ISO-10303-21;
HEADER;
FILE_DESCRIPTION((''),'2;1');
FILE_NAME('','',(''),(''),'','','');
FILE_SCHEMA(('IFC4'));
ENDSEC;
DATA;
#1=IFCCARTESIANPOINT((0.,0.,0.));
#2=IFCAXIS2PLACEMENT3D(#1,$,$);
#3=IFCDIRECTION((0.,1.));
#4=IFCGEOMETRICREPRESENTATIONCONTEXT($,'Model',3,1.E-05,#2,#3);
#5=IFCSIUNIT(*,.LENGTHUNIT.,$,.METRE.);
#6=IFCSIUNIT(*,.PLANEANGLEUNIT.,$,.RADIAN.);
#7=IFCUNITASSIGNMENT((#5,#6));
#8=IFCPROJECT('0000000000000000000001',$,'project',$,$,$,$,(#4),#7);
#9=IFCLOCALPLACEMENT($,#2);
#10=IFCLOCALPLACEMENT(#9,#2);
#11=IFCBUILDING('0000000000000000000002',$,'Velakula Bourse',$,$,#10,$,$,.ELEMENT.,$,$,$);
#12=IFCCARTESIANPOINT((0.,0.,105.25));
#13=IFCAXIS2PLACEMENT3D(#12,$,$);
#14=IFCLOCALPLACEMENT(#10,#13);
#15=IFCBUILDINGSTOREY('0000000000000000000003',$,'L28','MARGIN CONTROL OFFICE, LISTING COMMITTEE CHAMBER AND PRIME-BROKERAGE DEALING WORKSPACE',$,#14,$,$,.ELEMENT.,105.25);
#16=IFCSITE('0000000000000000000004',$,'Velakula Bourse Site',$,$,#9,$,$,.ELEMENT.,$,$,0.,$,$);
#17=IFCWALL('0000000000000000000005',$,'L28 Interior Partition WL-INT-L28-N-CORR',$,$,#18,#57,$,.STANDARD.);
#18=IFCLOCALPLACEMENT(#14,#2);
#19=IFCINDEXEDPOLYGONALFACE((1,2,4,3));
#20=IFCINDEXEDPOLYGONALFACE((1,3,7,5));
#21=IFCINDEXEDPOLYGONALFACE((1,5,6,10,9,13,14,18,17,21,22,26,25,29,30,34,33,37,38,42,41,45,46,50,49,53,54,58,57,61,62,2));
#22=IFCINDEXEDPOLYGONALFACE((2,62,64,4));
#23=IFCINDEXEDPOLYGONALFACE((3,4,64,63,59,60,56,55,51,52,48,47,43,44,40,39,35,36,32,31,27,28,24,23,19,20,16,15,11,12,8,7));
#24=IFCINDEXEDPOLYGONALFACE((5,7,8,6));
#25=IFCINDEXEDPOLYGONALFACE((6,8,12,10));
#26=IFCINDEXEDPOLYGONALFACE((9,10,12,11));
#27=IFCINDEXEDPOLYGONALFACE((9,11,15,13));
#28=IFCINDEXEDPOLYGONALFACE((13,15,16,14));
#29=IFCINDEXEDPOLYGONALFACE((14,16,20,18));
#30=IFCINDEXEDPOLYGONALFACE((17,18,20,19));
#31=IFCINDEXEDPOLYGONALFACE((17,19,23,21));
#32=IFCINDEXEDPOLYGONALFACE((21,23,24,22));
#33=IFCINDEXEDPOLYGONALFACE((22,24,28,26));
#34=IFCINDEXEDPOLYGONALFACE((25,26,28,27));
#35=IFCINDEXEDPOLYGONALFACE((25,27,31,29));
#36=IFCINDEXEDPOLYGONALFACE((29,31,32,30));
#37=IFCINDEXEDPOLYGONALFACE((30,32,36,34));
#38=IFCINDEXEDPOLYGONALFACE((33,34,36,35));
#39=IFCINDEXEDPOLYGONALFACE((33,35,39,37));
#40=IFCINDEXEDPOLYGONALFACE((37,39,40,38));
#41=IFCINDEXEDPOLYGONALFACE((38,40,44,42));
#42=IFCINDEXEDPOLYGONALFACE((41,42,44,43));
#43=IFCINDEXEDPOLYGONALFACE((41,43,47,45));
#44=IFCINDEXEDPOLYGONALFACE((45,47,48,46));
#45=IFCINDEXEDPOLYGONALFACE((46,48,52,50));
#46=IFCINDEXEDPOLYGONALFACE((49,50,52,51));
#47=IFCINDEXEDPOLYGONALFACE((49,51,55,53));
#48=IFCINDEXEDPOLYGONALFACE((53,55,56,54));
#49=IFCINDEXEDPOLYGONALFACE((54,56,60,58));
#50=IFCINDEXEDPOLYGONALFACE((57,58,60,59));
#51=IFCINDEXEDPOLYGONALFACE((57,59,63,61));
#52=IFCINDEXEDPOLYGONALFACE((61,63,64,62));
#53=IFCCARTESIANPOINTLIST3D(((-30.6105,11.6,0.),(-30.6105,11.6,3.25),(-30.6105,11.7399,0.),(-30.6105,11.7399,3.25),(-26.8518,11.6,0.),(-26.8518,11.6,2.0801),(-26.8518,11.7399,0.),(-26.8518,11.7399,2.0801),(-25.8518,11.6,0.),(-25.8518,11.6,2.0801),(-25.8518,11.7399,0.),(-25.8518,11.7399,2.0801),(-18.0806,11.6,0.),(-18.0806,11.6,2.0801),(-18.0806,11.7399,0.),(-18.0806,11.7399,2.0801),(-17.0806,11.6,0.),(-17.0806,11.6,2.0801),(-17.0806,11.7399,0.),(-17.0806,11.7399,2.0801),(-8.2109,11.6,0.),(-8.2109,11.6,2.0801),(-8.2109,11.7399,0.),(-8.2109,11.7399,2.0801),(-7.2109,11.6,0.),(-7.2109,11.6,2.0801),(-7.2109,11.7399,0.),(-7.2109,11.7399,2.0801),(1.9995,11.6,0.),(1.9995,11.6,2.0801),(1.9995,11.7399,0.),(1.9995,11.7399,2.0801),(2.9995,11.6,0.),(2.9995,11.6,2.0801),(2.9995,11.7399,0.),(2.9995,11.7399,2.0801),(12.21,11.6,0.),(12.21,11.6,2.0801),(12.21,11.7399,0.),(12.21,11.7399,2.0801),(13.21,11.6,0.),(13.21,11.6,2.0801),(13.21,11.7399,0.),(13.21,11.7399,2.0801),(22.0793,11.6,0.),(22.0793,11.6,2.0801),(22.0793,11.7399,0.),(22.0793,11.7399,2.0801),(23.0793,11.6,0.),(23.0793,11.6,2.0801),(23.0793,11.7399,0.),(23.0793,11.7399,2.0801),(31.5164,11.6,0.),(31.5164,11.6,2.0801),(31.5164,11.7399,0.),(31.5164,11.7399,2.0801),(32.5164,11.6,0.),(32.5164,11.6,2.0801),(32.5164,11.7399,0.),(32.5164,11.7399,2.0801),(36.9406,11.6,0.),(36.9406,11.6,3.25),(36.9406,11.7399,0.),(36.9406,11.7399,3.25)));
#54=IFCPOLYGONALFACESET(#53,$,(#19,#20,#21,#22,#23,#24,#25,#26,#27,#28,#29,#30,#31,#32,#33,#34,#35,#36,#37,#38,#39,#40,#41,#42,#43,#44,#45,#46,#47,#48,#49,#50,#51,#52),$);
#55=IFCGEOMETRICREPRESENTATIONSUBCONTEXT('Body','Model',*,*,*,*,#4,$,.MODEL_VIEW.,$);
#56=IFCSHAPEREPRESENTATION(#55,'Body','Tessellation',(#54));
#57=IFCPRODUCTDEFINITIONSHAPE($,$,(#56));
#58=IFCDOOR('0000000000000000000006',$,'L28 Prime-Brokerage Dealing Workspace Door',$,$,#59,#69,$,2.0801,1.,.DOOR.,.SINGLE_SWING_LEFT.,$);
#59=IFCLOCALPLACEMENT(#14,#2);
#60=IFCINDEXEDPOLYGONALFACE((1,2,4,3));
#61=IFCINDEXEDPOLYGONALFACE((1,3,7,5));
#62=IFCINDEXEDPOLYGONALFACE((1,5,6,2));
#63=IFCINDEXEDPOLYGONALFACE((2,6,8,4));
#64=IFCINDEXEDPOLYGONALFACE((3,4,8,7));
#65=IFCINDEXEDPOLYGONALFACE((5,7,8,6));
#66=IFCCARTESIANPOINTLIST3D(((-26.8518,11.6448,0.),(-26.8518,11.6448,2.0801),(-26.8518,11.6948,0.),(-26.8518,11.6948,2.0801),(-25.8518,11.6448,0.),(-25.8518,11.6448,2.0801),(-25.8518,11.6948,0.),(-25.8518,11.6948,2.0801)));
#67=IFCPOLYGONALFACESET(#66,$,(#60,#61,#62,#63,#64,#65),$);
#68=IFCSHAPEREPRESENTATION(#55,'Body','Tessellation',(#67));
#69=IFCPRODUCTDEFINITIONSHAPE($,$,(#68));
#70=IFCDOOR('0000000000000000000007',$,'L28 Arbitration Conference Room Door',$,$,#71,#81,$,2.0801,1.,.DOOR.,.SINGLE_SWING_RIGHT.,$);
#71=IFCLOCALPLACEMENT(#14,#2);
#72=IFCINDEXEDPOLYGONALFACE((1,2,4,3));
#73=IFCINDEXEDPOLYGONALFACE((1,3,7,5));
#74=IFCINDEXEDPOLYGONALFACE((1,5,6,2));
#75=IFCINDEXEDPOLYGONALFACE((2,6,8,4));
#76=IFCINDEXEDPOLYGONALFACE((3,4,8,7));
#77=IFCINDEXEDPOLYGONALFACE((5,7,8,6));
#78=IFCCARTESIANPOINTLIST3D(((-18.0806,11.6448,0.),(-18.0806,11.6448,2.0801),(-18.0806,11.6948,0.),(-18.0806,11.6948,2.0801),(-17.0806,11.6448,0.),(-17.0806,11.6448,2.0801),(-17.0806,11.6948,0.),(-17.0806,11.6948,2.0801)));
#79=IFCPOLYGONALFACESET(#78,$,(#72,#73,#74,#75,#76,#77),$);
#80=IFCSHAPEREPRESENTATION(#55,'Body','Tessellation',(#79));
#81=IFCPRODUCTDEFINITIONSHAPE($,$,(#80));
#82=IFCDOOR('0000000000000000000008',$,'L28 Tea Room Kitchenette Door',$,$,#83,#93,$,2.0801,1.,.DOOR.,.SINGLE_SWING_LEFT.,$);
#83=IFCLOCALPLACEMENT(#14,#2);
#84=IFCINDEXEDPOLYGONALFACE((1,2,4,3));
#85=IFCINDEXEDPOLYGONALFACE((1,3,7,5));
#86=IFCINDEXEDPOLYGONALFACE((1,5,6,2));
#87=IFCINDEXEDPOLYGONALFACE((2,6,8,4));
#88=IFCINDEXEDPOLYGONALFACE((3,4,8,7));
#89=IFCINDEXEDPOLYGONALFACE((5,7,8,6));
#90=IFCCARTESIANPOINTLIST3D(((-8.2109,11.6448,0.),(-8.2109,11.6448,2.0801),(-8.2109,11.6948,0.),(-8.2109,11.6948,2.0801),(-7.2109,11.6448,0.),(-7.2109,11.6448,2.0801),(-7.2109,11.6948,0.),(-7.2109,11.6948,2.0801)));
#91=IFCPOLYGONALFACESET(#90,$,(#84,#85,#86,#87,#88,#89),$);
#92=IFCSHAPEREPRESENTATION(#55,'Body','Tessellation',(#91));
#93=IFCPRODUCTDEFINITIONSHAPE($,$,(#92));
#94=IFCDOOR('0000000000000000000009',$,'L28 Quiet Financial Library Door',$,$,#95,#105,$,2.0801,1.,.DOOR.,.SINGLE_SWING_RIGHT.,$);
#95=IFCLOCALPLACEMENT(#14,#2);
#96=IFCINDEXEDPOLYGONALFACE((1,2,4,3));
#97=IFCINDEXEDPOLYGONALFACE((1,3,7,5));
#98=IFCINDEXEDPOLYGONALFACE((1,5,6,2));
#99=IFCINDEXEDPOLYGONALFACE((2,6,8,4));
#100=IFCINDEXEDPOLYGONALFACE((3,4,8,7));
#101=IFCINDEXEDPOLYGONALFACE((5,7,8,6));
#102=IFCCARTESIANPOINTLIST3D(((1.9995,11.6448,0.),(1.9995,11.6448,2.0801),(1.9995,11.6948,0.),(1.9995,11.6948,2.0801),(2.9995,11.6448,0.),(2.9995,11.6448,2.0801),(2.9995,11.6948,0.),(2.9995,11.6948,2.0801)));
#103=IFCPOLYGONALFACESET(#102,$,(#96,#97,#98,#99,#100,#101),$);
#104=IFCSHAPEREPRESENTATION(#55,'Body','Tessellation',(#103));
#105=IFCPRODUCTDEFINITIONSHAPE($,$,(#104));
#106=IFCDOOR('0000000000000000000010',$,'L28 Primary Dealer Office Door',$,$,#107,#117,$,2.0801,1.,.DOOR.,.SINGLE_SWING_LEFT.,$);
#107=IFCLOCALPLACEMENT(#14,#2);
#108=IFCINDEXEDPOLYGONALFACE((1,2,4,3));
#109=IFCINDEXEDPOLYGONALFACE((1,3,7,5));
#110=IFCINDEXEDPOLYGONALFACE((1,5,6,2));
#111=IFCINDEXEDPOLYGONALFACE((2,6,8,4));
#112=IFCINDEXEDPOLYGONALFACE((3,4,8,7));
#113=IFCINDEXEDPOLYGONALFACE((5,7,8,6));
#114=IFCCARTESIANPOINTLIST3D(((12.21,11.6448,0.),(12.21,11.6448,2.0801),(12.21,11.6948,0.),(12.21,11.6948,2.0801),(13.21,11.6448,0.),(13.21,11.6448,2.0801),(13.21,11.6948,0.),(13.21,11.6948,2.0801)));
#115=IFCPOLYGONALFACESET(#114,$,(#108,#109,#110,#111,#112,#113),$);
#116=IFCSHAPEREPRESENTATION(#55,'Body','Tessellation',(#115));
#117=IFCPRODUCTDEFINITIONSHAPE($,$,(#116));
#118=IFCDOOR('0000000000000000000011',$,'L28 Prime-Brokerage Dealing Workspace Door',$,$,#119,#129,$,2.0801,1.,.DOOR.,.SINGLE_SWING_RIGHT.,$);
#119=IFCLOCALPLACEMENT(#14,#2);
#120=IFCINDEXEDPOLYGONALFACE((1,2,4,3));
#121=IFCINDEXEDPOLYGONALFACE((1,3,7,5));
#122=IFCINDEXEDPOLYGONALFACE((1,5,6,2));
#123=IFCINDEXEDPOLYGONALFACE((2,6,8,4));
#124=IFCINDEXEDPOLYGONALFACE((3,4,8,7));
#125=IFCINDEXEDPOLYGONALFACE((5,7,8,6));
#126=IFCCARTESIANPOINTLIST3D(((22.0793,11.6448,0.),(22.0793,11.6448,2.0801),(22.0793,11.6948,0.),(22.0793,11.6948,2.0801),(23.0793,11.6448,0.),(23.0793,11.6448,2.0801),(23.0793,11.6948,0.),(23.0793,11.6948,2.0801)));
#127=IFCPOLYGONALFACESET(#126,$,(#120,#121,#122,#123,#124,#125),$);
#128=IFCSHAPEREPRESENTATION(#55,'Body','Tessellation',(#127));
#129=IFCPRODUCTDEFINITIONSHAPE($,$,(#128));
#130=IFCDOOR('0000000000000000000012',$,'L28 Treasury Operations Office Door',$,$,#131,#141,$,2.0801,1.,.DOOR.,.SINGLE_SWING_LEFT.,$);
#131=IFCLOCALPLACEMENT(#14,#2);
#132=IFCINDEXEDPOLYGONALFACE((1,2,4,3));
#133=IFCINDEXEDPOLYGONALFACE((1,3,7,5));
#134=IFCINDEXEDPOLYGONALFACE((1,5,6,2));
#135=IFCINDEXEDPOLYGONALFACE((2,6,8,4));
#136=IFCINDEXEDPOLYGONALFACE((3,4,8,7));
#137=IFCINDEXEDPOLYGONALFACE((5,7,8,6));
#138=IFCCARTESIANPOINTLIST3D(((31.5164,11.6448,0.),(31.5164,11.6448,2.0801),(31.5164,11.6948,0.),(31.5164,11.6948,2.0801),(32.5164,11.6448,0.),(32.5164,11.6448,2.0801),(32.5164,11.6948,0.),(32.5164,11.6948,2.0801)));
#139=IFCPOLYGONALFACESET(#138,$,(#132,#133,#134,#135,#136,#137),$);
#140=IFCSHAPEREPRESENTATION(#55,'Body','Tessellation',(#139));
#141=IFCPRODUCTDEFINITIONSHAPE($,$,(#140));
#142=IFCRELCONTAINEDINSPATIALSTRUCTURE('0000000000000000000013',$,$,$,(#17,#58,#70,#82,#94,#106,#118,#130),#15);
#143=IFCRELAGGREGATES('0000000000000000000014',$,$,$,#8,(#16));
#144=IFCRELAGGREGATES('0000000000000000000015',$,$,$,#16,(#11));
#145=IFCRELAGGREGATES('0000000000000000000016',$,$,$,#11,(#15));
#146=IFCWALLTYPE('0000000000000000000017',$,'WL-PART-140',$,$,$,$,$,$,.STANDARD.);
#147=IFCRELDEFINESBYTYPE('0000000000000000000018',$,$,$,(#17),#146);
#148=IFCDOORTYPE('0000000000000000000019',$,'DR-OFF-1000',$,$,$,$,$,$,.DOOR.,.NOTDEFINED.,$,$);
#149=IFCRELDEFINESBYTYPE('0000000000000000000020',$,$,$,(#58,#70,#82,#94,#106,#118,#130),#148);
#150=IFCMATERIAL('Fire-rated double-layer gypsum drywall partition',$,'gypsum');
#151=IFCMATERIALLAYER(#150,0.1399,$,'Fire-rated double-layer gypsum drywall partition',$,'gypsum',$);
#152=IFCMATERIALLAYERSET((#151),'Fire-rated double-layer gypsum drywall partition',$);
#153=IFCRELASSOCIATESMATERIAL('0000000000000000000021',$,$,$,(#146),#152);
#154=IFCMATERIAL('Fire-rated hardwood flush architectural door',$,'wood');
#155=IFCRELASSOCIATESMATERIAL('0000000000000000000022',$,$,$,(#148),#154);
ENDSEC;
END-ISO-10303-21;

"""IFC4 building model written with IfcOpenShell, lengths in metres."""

from ifc_helpers import new_model, si_unit, direction, frame, frame_2d, origin, place, context, subcontext, project, spatial, rectangle, extrude, material, layer, layer_set, type_object, element, fill, save


model = new_model("IFC4")

# Units and contexts
model_context = context("Model", 3, precision=1e-05, world=origin(), true_north=direction((0.0, 1.0)))
body_context = subcontext(model_context, "Body", "Model", "MODEL_VIEW")
ifc_project = project(units=[si_unit("LENGTHUNIT", "METRE"), si_unit("PLANEANGLEUNIT", "RADIAN")], contexts=[model_context])

# Site, building, storey
site_placement = place(None, origin())
site = spatial("IfcSite", under=ifc_project, at=site_placement, Name="Velakula Bourse Site", CompositionType="ELEMENT", RefElevation=0.0)
building_placement = place(site_placement, origin())
building = spatial("IfcBuilding", under=site, at=building_placement, Name="Velakula Bourse", CompositionType="ELEMENT")
storey_placement = place(building_placement, frame((0.0, 0.0, 105.25)))
storey = spatial("IfcBuildingStorey", under=building, at=storey_placement, Name="L28", Description="MARGIN CONTROL OFFICE, LISTING COMMITTEE CHAMBER AND PRIME-BROKERAGE DEALING WORKSPACE", CompositionType="ELEMENT", Elevation=105.25)

# Shared definitions
ifc_material_1 = material(Name="Fire-rated double-layer gypsum drywall partition", Category="gypsum")

# Wall, openings, doors
ifc_layer_1 = layer(ifc_material_1, 0.1399, Name="Fire-rated double-layer gypsum drywall partition", Category="gypsum")
ifc_layer_set_1 = layer_set([ifc_layer_1], Name="Fire-rated double-layer gypsum drywall partition")
wall_type_1 = type_object("IfcWallType", Name="WL-PART-140", PredefinedType="STANDARD", material=ifc_layer_set_1)
wall_1_placement = place(storey_placement, frame((-30.6104, 11.6699, 0.0), z_axis=(0.0, 0.0, 1.0), x_axis=(1.0, 0.0, 0.0)))
wall_1 = element("IfcWall", 1, at=wall_1_placement, inside=storey, type_object=wall_type_1, Name="L28 Interior Partition WL-INT-L28-N-CORR", PredefinedType="STANDARD", context=body_context, shape_type="SweptSolid", body=[
    extrude(rectangle(XDim=67.551, YDim=0.1399, at=frame_2d((33.7754, 0.0))), origin(), (0.0, 0.0, 1.0), 3.25),
])
opening_1_placement = place(wall_1_placement, frame((3.7585, 0.0, 0.0)))
opening_1 = element("IfcOpeningElement", 2, at=opening_1_placement, cuts=wall_1, PredefinedType="OPENING", context=body_context, shape_type="SweptSolid", body=[
    extrude(rectangle(XDim=1.0, YDim=2.0801, at=frame_2d((0.5, 1.04))), frame((0.0, 0.0798, 0.0), z_axis=(0.0, -1.0, 0.0), x_axis=(1.0, 0.0, 0.0)), (0.0, 0.0, 1.0), 0.1599),
])
opening_2_placement = place(wall_1_placement, frame((12.5298, 0.0, 0.0)))
opening_2 = element("IfcOpeningElement", 3, at=opening_2_placement, cuts=wall_1, PredefinedType="OPENING", context=body_context, shape_type="SweptSolid", body=[
    extrude(rectangle(XDim=1.0, YDim=2.0801, at=frame_2d((0.5, 1.04))), frame((0.0, 0.0798, 0.0), z_axis=(0.0, -1.0, 0.0), x_axis=(1.0, 0.0, 0.0)), (0.0, 0.0, 1.0), 0.1599),
])
opening_3_placement = place(wall_1_placement, frame((22.3994, 0.0, 0.0)))
opening_3 = element("IfcOpeningElement", 4, at=opening_3_placement, cuts=wall_1, PredefinedType="OPENING", context=body_context, shape_type="SweptSolid", body=[
    extrude(rectangle(XDim=1.0, YDim=2.0801, at=frame_2d((0.5, 1.04))), frame((0.0, 0.0798, 0.0), z_axis=(0.0, -1.0, 0.0), x_axis=(1.0, 0.0, 0.0)), (0.0, 0.0, 1.0), 0.1599),
])
opening_4_placement = place(wall_1_placement, frame((32.6099, 0.0, 0.0)))
opening_4 = element("IfcOpeningElement", 5, at=opening_4_placement, cuts=wall_1, PredefinedType="OPENING", context=body_context, shape_type="SweptSolid", body=[
    extrude(rectangle(XDim=1.0, YDim=2.0801, at=frame_2d((0.5, 1.04))), frame((0.0, 0.0798, 0.0), z_axis=(0.0, -1.0, 0.0), x_axis=(1.0, 0.0, 0.0)), (0.0, 0.0, 1.0), 0.1599),
])
opening_5_placement = place(wall_1_placement, frame((42.8203, 0.0, 0.0)))
opening_5 = element("IfcOpeningElement", 6, at=opening_5_placement, cuts=wall_1, PredefinedType="OPENING", context=body_context, shape_type="SweptSolid", body=[
    extrude(rectangle(XDim=1.0, YDim=2.0801, at=frame_2d((0.5, 1.04))), frame((0.0, 0.0798, 0.0), z_axis=(0.0, -1.0, 0.0), x_axis=(1.0, 0.0, 0.0)), (0.0, 0.0, 1.0), 0.1599),
])
opening_6_placement = place(wall_1_placement, frame((52.6897, 0.0, 0.0)))
opening_6 = element("IfcOpeningElement", 7, at=opening_6_placement, cuts=wall_1, PredefinedType="OPENING", context=body_context, shape_type="SweptSolid", body=[
    extrude(rectangle(XDim=1.0, YDim=2.0801, at=frame_2d((0.5, 1.04))), frame((0.0, 0.0798, 0.0), z_axis=(0.0, -1.0, 0.0), x_axis=(1.0, 0.0, 0.0)), (0.0, 0.0, 1.0), 0.1599),
])
opening_7_placement = place(wall_1_placement, frame((62.1267, 0.0, 0.0)))
opening_7 = element("IfcOpeningElement", 8, at=opening_7_placement, cuts=wall_1, PredefinedType="OPENING", context=body_context, shape_type="SweptSolid", body=[
    extrude(rectangle(XDim=1.0, YDim=2.0801, at=frame_2d((0.5, 1.04))), frame((0.0, 0.0798, 0.0), z_axis=(0.0, -1.0, 0.0), x_axis=(1.0, 0.0, 0.0)), (0.0, 0.0, 1.0), 0.1599),
])
ifc_material_2 = material(Name="Fire-rated hardwood flush architectural door", Category="wood")
door_type = type_object("IfcDoorType", Name="DR-OFF-1000", OperationType="NOTDEFINED", PredefinedType="DOOR", material=ifc_material_2)
door_1_placement = place(opening_1_placement, origin())
door_1 = element("IfcDoor", 9, at=door_1_placement, inside=storey, type_object=door_type, Name="L28 Prime-Brokerage Dealing Workspace Door", OperationType="SINGLE_SWING_LEFT", OverallHeight=2.0801, OverallWidth=1.0, PredefinedType="DOOR", context=body_context, shape_type="SweptSolid", body=[
    extrude(rectangle(XDim=1.0, YDim=2.0801, at=frame_2d((0.5, 1.04))), frame((0.0, 0.0249, 0.0), z_axis=(0.0, -1.0, 0.0), x_axis=(1.0, 0.0, 0.0)), (0.0, 0.0, 1.0), 0.05),
])
fill(opening_1, door_1)
door_2_placement = place(opening_2_placement, origin())
door_2 = element("IfcDoor", 10, at=door_2_placement, inside=storey, type_object=door_type, Name="L28 Arbitration Conference Room Door", OperationType="SINGLE_SWING_RIGHT", OverallHeight=2.0801, OverallWidth=1.0, PredefinedType="DOOR", context=body_context, shape_type="SweptSolid", body=[
    extrude(rectangle(XDim=1.0, YDim=2.0801, at=frame_2d((0.5, 1.04))), frame((0.0, 0.0249, 0.0), z_axis=(0.0, -1.0, 0.0), x_axis=(1.0, 0.0, 0.0)), (0.0, 0.0, 1.0), 0.05),
])
fill(opening_2, door_2)
door_3_placement = place(opening_3_placement, origin())
door_3 = element("IfcDoor", 11, at=door_3_placement, inside=storey, type_object=door_type, Name="L28 Tea Room Kitchenette Door", OperationType="SINGLE_SWING_LEFT", OverallHeight=2.0801, OverallWidth=1.0, PredefinedType="DOOR", context=body_context, shape_type="SweptSolid", body=[
    extrude(rectangle(XDim=1.0, YDim=2.0801, at=frame_2d((0.5, 1.04))), frame((0.0, 0.0249, 0.0), z_axis=(0.0, -1.0, 0.0), x_axis=(1.0, 0.0, 0.0)), (0.0, 0.0, 1.0), 0.05),
])
fill(opening_3, door_3)
door_4_placement = place(opening_4_placement, origin())
door_4 = element("IfcDoor", 12, at=door_4_placement, inside=storey, type_object=door_type, Name="L28 Quiet Financial Library Door", OperationType="SINGLE_SWING_RIGHT", OverallHeight=2.0801, OverallWidth=1.0, PredefinedType="DOOR", context=body_context, shape_type="SweptSolid", body=[
    extrude(rectangle(XDim=1.0, YDim=2.0801, at=frame_2d((0.5, 1.04))), frame((0.0, 0.0249, 0.0), z_axis=(0.0, -1.0, 0.0), x_axis=(1.0, 0.0, 0.0)), (0.0, 0.0, 1.0), 0.05),
])
fill(opening_4, door_4)
door_5_placement = place(opening_5_placement, origin())
door_5 = element("IfcDoor", 13, at=door_5_placement, inside=storey, type_object=door_type, Name="L28 Primary Dealer Office Door", OperationType="SINGLE_SWING_LEFT", OverallHeight=2.0801, OverallWidth=1.0, PredefinedType="DOOR", context=body_context, shape_type="SweptSolid", body=[
    extrude(rectangle(XDim=1.0, YDim=2.0801, at=frame_2d((0.5, 1.04))), frame((0.0, 0.0249, 0.0), z_axis=(0.0, -1.0, 0.0), x_axis=(1.0, 0.0, 0.0)), (0.0, 0.0, 1.0), 0.05),
])
fill(opening_5, door_5)
door_6_placement = place(opening_6_placement, origin())
door_6 = element("IfcDoor", 14, at=door_6_placement, inside=storey, type_object=door_type, Name="L28 Prime-Brokerage Dealing Workspace Door", OperationType="SINGLE_SWING_RIGHT", OverallHeight=2.0801, OverallWidth=1.0, PredefinedType="DOOR", context=body_context, shape_type="SweptSolid", body=[
    extrude(rectangle(XDim=1.0, YDim=2.0801, at=frame_2d((0.5, 1.04))), frame((0.0, 0.0249, 0.0), z_axis=(0.0, -1.0, 0.0), x_axis=(1.0, 0.0, 0.0)), (0.0, 0.0, 1.0), 0.05),
])
fill(opening_6, door_6)
door_7_placement = place(opening_7_placement, origin())
door_7 = element("IfcDoor", 15, at=door_7_placement, inside=storey, type_object=door_type, Name="L28 Treasury Operations Office Door", OperationType="SINGLE_SWING_LEFT", OverallHeight=2.0801, OverallWidth=1.0, PredefinedType="DOOR", context=body_context, shape_type="SweptSolid", body=[
    extrude(rectangle(XDim=1.0, YDim=2.0801, at=frame_2d((0.5, 1.04))), frame((0.0, 0.0249, 0.0), z_axis=(0.0, -1.0, 0.0), x_axis=(1.0, 0.0, 0.0)), (0.0, 0.0, 1.0), 0.05),
])
fill(opening_7, door_7)

save(model, "model.ifc")
